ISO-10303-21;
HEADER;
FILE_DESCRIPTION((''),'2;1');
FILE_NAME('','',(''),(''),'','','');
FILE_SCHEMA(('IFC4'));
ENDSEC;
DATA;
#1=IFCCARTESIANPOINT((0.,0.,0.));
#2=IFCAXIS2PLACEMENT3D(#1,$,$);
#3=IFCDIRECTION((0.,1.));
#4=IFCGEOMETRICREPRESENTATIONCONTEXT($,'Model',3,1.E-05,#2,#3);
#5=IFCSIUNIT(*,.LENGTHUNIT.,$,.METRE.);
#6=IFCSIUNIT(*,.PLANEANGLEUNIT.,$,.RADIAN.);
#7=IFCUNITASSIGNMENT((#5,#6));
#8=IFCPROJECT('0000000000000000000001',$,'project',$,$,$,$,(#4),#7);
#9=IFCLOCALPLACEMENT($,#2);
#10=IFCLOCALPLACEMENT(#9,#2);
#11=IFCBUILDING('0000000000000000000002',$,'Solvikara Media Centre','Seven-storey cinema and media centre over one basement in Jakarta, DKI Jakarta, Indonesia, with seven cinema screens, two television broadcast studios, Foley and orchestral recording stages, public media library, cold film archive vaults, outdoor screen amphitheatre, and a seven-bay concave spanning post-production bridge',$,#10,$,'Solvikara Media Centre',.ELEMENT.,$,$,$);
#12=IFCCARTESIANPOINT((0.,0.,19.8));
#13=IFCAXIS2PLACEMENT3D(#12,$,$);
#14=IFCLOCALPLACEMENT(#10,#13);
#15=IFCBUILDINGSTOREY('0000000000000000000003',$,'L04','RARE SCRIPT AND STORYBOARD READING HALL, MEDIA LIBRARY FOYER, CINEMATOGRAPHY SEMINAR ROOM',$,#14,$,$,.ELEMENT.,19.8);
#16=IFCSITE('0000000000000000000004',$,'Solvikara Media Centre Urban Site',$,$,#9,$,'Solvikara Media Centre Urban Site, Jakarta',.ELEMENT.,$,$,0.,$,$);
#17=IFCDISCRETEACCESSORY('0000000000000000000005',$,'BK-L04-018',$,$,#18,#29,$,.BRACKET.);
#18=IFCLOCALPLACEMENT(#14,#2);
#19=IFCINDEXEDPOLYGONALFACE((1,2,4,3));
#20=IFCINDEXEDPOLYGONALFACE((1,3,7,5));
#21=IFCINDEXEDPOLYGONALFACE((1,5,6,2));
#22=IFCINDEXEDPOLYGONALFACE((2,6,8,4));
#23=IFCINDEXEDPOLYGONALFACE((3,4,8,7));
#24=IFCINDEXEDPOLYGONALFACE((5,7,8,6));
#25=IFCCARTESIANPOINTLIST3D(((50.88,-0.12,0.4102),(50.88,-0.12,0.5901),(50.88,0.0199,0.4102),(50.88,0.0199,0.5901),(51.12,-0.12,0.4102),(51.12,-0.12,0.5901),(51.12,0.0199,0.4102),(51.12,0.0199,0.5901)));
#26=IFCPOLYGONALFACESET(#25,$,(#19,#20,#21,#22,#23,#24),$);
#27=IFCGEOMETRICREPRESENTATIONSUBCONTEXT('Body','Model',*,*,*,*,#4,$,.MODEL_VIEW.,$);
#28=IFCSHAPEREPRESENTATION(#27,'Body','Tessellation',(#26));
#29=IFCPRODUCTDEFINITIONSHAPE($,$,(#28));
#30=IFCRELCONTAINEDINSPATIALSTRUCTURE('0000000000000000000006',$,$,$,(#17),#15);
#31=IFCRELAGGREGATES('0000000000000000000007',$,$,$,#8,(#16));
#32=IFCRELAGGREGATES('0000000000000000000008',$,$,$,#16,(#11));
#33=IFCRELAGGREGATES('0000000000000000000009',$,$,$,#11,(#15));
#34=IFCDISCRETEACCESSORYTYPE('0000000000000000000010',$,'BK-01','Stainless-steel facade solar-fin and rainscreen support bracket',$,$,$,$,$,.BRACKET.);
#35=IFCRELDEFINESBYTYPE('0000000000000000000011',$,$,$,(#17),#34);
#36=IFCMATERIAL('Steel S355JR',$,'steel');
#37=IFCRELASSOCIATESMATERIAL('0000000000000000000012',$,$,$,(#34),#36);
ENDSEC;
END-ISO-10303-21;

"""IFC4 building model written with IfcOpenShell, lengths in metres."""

from ifc_helpers import new_model, si_unit, direction, frame, origin, origin_2d, place, context, subcontext, project, spatial, rectangle, extrude, material, type_object, element, save


model = new_model("IFC4")

# Units and contexts
model_context = context("Model", 3, precision=1e-05, world=origin(), true_north=direction((0.0, 1.0)))
body_context = subcontext(model_context, "Body", "Model", "MODEL_VIEW")
ifc_project = project(units=[si_unit("LENGTHUNIT", "METRE"), si_unit("PLANEANGLEUNIT", "RADIAN")], contexts=[model_context])

# Site, building, storey
site_placement = place(None, origin())
site = spatial("IfcSite", under=ifc_project, at=site_placement, Name="Solvikara Media Centre Urban Site", LongName="Solvikara Media Centre Urban Site, Jakarta", CompositionType="ELEMENT", RefElevation=0.0)
building_placement = place(site_placement, origin())
building = spatial("IfcBuilding", under=site, at=building_placement, Name="Solvikara Media Centre", Description="Seven-storey cinema and media centre over one basement in Jakarta, DKI Jakarta, Indonesia, with seven cinema screens, two television broadcast studios, Foley and orchestral recording stages, public media library, cold film archive vaults, outdoor screen amphitheatre, and a seven-bay concave spanning post-production bridge", LongName="Solvikara Media Centre", CompositionType="ELEMENT")
storey_placement = place(building_placement, frame((0.0, 0.0, 19.8)))
storey = spatial("IfcBuildingStorey", under=building, at=storey_placement, Name="L04", Description="RARE SCRIPT AND STORYBOARD READING HALL, MEDIA LIBRARY FOYER, CINEMATOGRAPHY SEMINAR ROOM", CompositionType="ELEMENT", Elevation=19.8)

# Shared definitions
ifc_material_1 = material(Name="Steel S355JR", Category="steel")

# Discrete accessory
discrete_accessory_type = type_object("IfcDiscreteAccessoryType", Name="BK-01", Description="Stainless-steel facade solar-fin and rainscreen support bracket", PredefinedType="BRACKET", material=ifc_material_1)
discrete_accessory_placement = place(storey_placement, frame((51.0, -0.05, 0.4102), z_axis=(0.0, 0.0, 1.0), x_axis=(1.0, 0.0, 0.0)))
element("IfcDiscreteAccessory", 1, at=discrete_accessory_placement, inside=storey, type_object=discrete_accessory_type, Name="BK-L04-018", PredefinedType="BRACKET", context=body_context, shape_type="SweptSolid", body=[
    extrude(rectangle(XDim=0.24, YDim=0.1399, at=origin_2d()), origin(), (0.0, 0.0, 1.0), 0.1799),
])

save(model, "model.ifc")
